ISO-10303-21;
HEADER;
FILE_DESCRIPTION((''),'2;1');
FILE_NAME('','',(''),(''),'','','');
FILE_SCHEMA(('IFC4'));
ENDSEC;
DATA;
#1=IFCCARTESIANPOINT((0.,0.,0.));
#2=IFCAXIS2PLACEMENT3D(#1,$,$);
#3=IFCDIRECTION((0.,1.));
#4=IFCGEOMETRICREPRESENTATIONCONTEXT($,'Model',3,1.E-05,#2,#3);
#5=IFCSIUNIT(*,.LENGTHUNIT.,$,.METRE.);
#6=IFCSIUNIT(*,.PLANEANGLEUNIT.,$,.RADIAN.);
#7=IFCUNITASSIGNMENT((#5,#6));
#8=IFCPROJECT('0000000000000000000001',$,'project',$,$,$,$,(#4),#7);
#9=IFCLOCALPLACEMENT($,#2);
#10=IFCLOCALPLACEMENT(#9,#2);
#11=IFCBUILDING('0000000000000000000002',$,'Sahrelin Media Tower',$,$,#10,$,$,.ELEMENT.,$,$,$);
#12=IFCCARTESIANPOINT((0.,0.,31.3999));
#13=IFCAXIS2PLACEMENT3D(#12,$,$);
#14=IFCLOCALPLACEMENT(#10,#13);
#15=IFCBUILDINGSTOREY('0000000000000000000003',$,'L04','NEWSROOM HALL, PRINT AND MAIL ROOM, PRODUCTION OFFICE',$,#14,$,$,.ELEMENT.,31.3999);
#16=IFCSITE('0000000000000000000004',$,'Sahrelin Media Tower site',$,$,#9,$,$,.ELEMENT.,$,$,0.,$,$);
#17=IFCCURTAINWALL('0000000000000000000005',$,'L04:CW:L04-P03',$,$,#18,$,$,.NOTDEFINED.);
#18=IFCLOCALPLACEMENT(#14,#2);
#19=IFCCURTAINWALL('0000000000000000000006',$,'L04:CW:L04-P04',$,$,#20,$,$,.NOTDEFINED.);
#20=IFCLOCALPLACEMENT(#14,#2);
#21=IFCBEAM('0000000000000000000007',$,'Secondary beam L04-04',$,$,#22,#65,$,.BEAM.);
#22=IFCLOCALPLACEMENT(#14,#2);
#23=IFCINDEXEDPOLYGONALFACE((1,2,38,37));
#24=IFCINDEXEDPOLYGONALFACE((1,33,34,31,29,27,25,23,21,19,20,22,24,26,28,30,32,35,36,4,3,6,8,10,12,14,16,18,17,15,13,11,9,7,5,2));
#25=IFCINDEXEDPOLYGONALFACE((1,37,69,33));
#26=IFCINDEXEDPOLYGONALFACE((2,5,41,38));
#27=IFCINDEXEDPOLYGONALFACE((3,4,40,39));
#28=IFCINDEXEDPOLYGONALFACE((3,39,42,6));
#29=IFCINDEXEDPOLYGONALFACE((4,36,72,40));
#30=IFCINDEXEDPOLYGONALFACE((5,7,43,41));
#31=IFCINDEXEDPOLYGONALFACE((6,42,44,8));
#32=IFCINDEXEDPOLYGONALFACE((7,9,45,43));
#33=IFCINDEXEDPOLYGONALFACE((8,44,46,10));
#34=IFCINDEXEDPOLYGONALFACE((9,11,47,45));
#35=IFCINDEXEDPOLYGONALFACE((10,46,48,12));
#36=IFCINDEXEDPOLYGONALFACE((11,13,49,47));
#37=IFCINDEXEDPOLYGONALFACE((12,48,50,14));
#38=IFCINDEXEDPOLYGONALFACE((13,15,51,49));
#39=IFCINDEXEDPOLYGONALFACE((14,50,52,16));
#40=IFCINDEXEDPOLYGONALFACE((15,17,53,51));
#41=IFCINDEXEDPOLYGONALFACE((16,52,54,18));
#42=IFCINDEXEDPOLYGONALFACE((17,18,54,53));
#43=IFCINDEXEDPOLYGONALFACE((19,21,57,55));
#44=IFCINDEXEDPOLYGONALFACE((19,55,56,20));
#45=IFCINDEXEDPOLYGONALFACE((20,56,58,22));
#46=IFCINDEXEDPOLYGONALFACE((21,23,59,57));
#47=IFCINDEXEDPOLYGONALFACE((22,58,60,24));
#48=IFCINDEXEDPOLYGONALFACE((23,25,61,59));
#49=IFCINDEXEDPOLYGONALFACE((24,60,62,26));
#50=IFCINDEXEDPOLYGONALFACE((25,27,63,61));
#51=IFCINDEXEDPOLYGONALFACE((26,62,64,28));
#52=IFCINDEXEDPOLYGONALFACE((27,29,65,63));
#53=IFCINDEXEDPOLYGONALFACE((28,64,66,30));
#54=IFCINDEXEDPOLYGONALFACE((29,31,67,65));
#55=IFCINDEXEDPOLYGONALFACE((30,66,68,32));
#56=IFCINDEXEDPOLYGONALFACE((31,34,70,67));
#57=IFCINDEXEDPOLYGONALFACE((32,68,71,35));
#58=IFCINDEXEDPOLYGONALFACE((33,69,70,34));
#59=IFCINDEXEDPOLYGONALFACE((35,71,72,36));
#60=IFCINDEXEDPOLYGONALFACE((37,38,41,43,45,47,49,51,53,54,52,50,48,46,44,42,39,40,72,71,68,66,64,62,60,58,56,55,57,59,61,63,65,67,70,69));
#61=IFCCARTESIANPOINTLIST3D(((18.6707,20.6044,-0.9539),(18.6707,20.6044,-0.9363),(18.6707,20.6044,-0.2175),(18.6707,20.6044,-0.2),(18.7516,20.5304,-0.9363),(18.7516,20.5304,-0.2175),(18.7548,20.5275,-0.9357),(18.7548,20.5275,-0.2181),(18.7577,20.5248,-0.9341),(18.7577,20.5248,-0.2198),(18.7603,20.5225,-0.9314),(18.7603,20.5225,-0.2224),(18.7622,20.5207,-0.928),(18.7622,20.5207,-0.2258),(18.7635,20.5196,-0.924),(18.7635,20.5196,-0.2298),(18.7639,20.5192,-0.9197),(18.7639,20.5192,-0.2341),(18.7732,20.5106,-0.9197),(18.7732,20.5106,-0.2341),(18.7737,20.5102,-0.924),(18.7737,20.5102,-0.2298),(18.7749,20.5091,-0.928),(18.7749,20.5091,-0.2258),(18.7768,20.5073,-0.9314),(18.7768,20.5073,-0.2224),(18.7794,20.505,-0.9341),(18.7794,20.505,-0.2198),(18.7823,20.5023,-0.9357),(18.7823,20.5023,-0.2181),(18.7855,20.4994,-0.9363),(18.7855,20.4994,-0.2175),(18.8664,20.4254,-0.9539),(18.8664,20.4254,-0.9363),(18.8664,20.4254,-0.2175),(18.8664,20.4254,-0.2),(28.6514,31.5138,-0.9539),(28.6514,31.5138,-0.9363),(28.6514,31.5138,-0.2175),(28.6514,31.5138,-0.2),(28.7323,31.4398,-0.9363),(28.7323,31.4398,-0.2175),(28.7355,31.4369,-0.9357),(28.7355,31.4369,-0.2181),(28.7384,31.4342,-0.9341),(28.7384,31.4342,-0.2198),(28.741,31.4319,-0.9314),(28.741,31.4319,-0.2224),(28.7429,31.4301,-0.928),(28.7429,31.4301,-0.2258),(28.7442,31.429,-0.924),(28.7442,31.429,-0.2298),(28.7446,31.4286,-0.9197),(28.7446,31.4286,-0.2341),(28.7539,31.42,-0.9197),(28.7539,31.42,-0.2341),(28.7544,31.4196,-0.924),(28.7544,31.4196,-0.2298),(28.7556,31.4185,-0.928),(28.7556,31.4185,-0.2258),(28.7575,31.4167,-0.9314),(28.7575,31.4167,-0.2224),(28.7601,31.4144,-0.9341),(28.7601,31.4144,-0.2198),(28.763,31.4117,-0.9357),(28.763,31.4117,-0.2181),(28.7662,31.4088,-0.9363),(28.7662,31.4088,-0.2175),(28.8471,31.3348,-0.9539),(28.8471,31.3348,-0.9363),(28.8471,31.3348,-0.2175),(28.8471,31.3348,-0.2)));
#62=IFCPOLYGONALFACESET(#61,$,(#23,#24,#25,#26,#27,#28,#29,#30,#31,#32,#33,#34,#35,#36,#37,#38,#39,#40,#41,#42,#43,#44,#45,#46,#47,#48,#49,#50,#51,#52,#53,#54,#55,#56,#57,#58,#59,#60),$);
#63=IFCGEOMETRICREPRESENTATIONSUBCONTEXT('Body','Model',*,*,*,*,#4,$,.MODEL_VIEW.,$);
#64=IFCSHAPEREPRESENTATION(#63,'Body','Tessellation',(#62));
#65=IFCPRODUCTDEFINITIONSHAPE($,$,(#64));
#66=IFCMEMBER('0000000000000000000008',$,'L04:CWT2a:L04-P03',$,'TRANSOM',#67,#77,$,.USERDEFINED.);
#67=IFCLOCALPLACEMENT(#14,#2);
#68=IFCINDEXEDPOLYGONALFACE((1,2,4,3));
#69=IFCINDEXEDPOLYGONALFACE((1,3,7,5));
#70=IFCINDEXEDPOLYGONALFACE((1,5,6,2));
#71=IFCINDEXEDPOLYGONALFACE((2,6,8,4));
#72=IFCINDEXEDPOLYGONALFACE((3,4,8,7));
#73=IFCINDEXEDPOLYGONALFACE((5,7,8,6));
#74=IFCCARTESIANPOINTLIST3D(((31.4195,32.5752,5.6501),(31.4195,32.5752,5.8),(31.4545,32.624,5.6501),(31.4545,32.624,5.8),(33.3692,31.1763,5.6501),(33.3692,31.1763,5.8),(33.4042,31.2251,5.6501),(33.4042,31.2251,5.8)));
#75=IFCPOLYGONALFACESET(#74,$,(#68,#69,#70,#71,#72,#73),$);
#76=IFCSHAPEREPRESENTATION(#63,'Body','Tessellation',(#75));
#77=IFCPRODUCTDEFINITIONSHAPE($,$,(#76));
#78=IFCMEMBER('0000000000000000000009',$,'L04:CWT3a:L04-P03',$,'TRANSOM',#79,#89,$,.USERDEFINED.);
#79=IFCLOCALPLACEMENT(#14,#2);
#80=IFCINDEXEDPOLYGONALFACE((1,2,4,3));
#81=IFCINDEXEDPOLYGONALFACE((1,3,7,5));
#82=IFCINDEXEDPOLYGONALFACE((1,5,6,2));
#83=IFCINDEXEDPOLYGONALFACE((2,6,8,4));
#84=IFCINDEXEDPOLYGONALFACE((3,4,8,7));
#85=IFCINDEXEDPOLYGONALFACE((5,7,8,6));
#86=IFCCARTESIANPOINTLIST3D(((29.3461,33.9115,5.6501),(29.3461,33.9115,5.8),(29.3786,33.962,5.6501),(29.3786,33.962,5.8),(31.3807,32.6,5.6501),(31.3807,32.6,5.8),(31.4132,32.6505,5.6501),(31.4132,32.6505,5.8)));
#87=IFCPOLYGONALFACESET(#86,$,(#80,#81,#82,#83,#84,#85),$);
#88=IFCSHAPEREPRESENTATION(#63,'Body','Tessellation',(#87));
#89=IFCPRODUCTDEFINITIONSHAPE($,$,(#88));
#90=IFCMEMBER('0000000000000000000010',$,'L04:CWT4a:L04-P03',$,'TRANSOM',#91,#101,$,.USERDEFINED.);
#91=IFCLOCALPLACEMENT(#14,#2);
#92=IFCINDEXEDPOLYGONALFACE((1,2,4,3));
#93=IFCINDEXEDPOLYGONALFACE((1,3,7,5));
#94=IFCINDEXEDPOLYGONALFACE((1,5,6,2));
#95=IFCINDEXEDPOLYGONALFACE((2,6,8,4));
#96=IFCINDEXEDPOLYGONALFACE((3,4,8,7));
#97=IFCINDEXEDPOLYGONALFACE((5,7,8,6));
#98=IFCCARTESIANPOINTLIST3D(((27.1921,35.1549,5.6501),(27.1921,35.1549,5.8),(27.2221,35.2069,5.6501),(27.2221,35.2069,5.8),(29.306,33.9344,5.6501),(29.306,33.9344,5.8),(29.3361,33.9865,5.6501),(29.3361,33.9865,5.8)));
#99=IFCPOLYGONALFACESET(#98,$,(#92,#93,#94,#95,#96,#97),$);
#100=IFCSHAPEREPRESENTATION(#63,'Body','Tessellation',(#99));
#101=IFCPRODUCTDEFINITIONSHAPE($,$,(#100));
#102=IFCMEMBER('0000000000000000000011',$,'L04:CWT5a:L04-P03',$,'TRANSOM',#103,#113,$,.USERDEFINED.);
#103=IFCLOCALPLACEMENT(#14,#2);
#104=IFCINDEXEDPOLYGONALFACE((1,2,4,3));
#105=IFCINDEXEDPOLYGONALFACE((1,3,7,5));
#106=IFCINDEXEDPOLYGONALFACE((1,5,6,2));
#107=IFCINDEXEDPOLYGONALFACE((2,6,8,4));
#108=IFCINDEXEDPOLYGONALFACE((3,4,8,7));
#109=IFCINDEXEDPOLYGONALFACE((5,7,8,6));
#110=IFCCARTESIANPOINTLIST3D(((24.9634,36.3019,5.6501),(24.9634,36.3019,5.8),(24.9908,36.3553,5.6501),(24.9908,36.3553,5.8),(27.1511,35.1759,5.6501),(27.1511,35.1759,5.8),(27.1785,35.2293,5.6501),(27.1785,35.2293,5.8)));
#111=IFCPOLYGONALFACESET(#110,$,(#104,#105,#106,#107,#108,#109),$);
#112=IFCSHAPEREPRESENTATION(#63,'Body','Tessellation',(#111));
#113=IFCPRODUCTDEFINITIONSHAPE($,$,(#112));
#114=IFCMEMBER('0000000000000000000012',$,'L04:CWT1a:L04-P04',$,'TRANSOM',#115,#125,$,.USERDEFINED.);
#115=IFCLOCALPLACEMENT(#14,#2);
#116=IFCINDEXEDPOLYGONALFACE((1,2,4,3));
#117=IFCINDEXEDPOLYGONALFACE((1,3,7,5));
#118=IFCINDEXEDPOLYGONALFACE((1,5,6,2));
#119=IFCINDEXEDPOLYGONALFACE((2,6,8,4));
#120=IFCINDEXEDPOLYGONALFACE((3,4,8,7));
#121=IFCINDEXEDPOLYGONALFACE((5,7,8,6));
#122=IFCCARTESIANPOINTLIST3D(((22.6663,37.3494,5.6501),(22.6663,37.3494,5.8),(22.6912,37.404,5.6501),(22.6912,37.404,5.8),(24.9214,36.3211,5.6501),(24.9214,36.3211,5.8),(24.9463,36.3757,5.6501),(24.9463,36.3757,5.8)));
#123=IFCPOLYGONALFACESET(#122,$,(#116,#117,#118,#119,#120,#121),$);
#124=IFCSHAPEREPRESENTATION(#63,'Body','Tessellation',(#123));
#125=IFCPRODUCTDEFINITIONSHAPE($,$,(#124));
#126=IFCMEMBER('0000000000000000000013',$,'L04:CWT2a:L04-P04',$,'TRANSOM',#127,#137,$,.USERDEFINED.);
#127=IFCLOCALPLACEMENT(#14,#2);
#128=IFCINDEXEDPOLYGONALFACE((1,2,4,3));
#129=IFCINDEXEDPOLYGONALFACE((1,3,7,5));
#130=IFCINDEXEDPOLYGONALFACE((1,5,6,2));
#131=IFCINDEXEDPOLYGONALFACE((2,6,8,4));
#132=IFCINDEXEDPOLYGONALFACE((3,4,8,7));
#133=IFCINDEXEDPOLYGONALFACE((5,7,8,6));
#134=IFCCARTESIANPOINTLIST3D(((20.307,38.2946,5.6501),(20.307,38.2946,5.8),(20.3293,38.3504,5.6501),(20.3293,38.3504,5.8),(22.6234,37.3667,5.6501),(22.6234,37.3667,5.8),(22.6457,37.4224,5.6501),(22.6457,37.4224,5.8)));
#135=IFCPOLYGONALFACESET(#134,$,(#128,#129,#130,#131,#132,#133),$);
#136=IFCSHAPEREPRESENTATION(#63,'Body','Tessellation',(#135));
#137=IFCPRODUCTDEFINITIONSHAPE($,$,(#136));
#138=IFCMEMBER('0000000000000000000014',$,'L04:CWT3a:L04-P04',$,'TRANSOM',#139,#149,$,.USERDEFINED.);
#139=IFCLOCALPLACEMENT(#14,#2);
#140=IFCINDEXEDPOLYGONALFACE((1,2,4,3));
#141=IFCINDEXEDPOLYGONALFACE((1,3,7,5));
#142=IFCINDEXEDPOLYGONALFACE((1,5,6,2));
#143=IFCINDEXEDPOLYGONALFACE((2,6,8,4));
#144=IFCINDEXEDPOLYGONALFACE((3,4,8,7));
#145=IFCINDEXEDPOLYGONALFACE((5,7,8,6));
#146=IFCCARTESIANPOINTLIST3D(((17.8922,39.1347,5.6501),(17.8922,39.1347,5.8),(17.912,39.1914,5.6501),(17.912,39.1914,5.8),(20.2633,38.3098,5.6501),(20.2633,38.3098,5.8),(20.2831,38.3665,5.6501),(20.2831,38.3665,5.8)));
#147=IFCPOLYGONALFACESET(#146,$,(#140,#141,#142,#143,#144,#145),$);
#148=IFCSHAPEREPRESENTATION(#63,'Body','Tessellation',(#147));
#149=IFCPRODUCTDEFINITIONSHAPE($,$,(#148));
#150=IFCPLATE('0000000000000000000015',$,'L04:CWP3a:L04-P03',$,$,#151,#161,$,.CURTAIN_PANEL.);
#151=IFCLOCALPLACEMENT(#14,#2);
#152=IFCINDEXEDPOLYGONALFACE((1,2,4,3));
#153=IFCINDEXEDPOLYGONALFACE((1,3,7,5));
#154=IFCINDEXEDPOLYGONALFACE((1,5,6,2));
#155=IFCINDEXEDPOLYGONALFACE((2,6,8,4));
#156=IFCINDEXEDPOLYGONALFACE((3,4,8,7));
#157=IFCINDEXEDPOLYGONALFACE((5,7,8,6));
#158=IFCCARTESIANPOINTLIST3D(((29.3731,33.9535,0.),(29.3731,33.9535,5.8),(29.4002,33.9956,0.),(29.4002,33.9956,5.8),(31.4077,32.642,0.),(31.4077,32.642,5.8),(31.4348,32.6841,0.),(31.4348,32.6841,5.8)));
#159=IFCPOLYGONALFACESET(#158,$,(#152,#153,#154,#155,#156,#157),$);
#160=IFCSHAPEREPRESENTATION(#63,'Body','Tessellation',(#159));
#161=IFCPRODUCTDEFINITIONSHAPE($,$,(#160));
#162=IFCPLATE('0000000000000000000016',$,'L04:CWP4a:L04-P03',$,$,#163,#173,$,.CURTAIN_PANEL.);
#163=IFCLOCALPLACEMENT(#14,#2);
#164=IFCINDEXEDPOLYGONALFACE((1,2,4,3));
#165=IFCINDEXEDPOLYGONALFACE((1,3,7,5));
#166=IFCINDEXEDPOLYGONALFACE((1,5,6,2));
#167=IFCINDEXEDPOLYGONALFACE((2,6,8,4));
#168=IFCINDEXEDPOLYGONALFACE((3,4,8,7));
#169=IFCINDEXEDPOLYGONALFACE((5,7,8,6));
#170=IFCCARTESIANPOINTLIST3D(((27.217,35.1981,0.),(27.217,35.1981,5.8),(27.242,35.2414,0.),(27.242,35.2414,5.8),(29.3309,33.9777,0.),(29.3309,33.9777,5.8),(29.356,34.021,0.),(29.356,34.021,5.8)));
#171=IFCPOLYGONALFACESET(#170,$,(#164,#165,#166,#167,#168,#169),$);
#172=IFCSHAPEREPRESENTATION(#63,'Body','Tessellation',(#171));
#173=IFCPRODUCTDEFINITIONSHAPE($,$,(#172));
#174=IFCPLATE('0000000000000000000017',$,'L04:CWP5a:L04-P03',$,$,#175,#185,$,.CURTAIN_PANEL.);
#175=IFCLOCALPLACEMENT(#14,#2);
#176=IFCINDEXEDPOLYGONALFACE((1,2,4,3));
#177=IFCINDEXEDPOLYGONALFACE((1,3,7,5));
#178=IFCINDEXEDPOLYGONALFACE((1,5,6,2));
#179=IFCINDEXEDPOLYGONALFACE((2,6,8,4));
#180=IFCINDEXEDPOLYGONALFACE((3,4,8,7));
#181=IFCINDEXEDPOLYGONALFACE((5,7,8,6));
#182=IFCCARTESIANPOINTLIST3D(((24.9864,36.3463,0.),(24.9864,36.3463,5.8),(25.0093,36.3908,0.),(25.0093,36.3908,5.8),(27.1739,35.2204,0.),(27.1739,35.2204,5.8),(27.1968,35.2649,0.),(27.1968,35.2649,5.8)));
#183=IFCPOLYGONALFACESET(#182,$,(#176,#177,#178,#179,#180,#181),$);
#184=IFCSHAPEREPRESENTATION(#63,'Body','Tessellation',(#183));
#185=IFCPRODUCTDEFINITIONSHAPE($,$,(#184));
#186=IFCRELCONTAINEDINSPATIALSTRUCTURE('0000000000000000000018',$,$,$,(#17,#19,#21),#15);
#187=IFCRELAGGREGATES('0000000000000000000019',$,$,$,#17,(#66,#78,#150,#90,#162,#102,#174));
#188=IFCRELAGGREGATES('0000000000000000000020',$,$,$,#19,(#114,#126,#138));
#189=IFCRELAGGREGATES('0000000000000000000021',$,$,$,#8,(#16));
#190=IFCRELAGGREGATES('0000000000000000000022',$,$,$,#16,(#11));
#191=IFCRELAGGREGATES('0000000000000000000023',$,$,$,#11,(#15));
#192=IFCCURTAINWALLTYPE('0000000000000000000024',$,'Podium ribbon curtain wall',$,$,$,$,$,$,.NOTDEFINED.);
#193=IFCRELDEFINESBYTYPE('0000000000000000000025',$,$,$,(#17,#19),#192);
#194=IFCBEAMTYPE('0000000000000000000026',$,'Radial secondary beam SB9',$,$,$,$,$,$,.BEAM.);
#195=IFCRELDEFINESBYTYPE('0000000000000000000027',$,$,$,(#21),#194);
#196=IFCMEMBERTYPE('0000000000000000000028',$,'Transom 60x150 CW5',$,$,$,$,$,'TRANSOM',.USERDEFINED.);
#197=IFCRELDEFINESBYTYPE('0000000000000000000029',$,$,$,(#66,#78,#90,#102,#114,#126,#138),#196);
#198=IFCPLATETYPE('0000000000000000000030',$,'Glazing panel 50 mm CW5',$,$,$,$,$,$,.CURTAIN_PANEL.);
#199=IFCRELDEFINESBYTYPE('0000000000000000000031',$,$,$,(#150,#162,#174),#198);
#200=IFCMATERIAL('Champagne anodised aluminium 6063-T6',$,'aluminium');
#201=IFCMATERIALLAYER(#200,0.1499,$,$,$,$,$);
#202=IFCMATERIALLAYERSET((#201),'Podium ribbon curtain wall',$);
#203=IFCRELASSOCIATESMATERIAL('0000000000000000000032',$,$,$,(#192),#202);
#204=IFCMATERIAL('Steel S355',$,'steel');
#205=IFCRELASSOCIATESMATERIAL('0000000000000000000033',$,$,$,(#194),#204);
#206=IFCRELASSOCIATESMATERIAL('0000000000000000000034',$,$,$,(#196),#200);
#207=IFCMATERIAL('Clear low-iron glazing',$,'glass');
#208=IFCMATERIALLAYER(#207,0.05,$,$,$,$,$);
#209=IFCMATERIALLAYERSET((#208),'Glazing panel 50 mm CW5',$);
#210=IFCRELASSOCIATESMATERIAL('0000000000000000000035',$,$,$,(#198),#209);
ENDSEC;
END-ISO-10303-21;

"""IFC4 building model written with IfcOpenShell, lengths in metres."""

from ifc_helpers import new_model, si_unit, direction, frame, origin, origin_2d, place, context, subcontext, project, spatial, polyline, rectangle, i_section, outline, extrude, material, layer, layer_set, material_profile, profile_set, type_object, element, aggregate, save


model = new_model("IFC4")

# Units and contexts
model_context = context("Model", 3, precision=1e-05, world=origin(), true_north=direction((0.0, 1.0)))
body_context = subcontext(model_context, "Body", "Model", "MODEL_VIEW")
ifc_project = project(units=[si_unit("LENGTHUNIT", "METRE"), si_unit("PLANEANGLEUNIT", "RADIAN")], contexts=[model_context])

# Site, building, storey
site_placement = place(None, origin())
site = spatial("IfcSite", under=ifc_project, at=site_placement, Name="Sahrelin Media Tower site", CompositionType="ELEMENT", RefElevation=0.0)
building_placement = place(site_placement, origin())
building = spatial("IfcBuilding", under=site, at=building_placement, Name="Sahrelin Media Tower", CompositionType="ELEMENT")
storey_placement = place(building_placement, frame((0.0, 0.0, 31.3999)))
storey = spatial("IfcBuildingStorey", under=building, at=storey_placement, Name="L04", Description="NEWSROOM HALL, PRINT AND MAIL ROOM, PRODUCTION OFFICE", CompositionType="ELEMENT", Elevation=31.3999)

# Curtain walls
ifc_material_1 = material(Name="Champagne anodised aluminium 6063-T6", Category="aluminium")
ifc_layer_1 = layer(ifc_material_1, 0.1499)
ifc_layer_set_1 = layer_set([ifc_layer_1], Name="Podium ribbon curtain wall")
curtain_wall_type = type_object("IfcCurtainWallType", Name="Podium ribbon curtain wall", PredefinedType="NOTDEFINED", material=ifc_layer_set_1)
curtain_wall_1_placement = place(storey_placement, frame((35.3552, 29.6985, 0.0), z_axis=(0.0, 0.0, 1.0), x_axis=(1.0, 0.0, 0.0)))
curtain_wall_1 = element("IfcCurtainWall", 1, at=curtain_wall_1_placement, inside=storey, type_object=curtain_wall_type, Name="L04:CW:L04-P03", PredefinedType="NOTDEFINED")
curtain_wall_2_placement = place(storey_placement, frame((25.0, 36.373, 0.0), z_axis=(0.0, 0.0, 1.0), x_axis=(1.0, 0.0, 0.0)))
curtain_wall_2 = element("IfcCurtainWall", 2, at=curtain_wall_2_placement, inside=storey, type_object=curtain_wall_type, Name="L04:CW:L04-P04", PredefinedType="NOTDEFINED")

# Beam
ifc_material_2 = material(Name="Steel S355", Category="steel")
ifc_material_profile_1 = material_profile(ifc_material_2, i_section(OverallWidth=0.2651, OverallDepth=0.7539, WebThickness=0.0127, FlangeThickness=0.0176, FilletRadius=0.0166, at=origin_2d()), Name="UB 762x267x147")
ifc_profile_set_1 = profile_set([ifc_material_profile_1], Name="Steel S355")
beam_type_1 = type_object("IfcBeamType", Name="Radial secondary beam SB9", PredefinedType="BEAM", material=ifc_profile_set_1)
beam_1_placement = place(storey_placement, frame((18.7686, 20.5149, -0.5769), z_axis=(0.675004, 0.737814, 0.0), x_axis=(-0.737814, 0.675004, 0.0)))
element("IfcBeam", 3, at=beam_1_placement, inside=storey, type_object=beam_type_1, Name="Secondary beam L04-04", PredefinedType="BEAM", context=body_context, shape_type="SweptSolid", body=[
    extrude(i_section(OverallWidth=0.2651, OverallDepth=0.7539, WebThickness=0.0127, FlangeThickness=0.0176, FilletRadius=0.0166, at=origin_2d()), origin(), (0.0, 0.0, 1.0), 14.7861),
])

# Members
ifc_material_profile_2 = material_profile(ifc_material_1, rectangle(XDim=0.0601, YDim=0.1499, at=origin_2d()), Name="Transom 60x150")
ifc_profile_set_2 = profile_set([ifc_material_profile_2], Name="Champagne anodised aluminium 6063-T6")
member_type_1 = type_object("IfcMemberType", Name="Transom 60x150 CW5", ElementType="TRANSOM", PredefinedType="USERDEFINED", material=ifc_profile_set_2)
member_1_placement = place(storey_placement, frame((33.3867, 31.2007, 5.7251), z_axis=(-0.812494, 0.582969, 0.0), x_axis=(-0.582969, -0.812494, 0.0)))
member_1 = element("IfcMember", 4, at=member_1_placement, type_object=member_type_1, Name="L04:CWT2a:L04-P03", ObjectType="TRANSOM", PredefinedType="USERDEFINED", context=body_context, shape_type="SweptSolid", body=[
    extrude(rectangle(XDim=0.0601, YDim=0.1499, at=origin_2d()), origin(), (0.0, 0.0, 1.0), 2.3997),
])
member_2_placement = place(storey_placement, frame((31.397, 32.6252, 5.7251), z_axis=(-0.840516, 0.541787, 0.0), x_axis=(-0.541787, -0.840516, 0.0)))
member_2 = element("IfcMember", 5, at=member_2_placement, type_object=member_type_1, Name="L04:CWT3a:L04-P03", ObjectType="TRANSOM", PredefinedType="USERDEFINED", context=body_context, shape_type="SweptSolid", body=[
    extrude(rectangle(XDim=0.0601, YDim=0.1499, at=origin_2d()), origin(), (0.0, 0.0, 1.0), 2.4207),
])
member_3_placement = place(storey_placement, frame((29.321, 33.9604, 5.7251), z_axis=(-0.866037, 0.499979, 0.0), x_axis=(-0.499979, -0.866037, 0.0)))
member_3 = element("IfcMember", 6, at=member_3_placement, type_object=member_type_1, Name="L04:CWT4a:L04-P03", ObjectType="TRANSOM", PredefinedType="USERDEFINED", context=body_context, shape_type="SweptSolid", body=[
    extrude(rectangle(XDim=0.0601, YDim=0.1499, at=origin_2d()), origin(), (0.0, 0.0, 1.0), 2.4409),
])
member_4_placement = place(storey_placement, frame((27.1648, 35.2026, 5.7251), z_axis=(-0.889147, 0.457622, 0.0), x_axis=(-0.457622, -0.889147, 0.0)))
member_4 = element("IfcMember", 7, at=member_4_placement, type_object=member_type_1, Name="L04:CWT5a:L04-P03", ObjectType="TRANSOM", PredefinedType="USERDEFINED", context=body_context, shape_type="SweptSolid", body=[
    extrude(rectangle(XDim=0.0601, YDim=0.1499, at=origin_2d()), origin(), (0.0, 0.0, 1.0), 2.4604),
])
member_5_placement = place(storey_placement, frame((24.9338, 36.3484, 5.7251), z_axis=(-0.90987, 0.414894, 0.0), x_axis=(-0.414894, -0.90987, 0.0)))
member_5 = element("IfcMember", 8, at=member_5_placement, type_object=member_type_1, Name="L04:CWT1a:L04-P04", ObjectType="TRANSOM", PredefinedType="USERDEFINED", context=body_context, shape_type="SweptSolid", body=[
    extrude(rectangle(XDim=0.0601, YDim=0.1499, at=origin_2d()), origin(), (0.0, 0.0, 1.0), 2.4785),
])
member_6_placement = place(storey_placement, frame((22.6345, 37.3945, 5.7251), z_axis=(-0.928281, 0.37188, 0.0), x_axis=(-0.37188, -0.928281, 0.0)))
member_6 = element("IfcMember", 9, at=member_6_placement, type_object=member_type_1, Name="L04:CWT2a:L04-P04", ObjectType="TRANSOM", PredefinedType="USERDEFINED", context=body_context, shape_type="SweptSolid", body=[
    extrude(rectangle(XDim=0.0601, YDim=0.1499, at=origin_2d()), origin(), (0.0, 0.0, 1.0), 2.4954),
])
member_7_placement = place(storey_placement, frame((20.2732, 38.3381, 5.7251), z_axis=(-0.944469, 0.3286, 0.0), x_axis=(-0.3286, -0.944469, 0.0)))
member_7 = element("IfcMember", 10, at=member_7_placement, type_object=member_type_1, Name="L04:CWT3a:L04-P04", ObjectType="TRANSOM", PredefinedType="USERDEFINED", context=body_context, shape_type="SweptSolid", body=[
    extrude(rectangle(XDim=0.0601, YDim=0.1499, at=origin_2d()), origin(), (0.0, 0.0, 1.0), 2.5105),
])

# Plates
ifc_material_3 = material(Name="Clear low-iron glazing", Category="glass")
ifc_layer_2 = layer(ifc_material_3, 0.05)
ifc_layer_set_2 = layer_set([ifc_layer_2], Name="Glazing panel 50 mm CW5")
plate_type = type_object("IfcPlateType", Name="Glazing panel 50 mm CW5", PredefinedType="CURTAIN_PANEL", material=ifc_layer_set_2)
plate_1_placement = place(storey_placement, frame((31.4348, 32.6841, 0.0), z_axis=(0.541787, 0.840516, 0.0), x_axis=(-0.840516, 0.541787, 0.0)))
plate_1 = element("IfcPlate", 11, at=plate_1_placement, type_object=plate_type, Name="L04:CWP3a:L04-P03", PredefinedType="CURTAIN_PANEL", context=body_context, shape_type="SweptSolid", body=[
    extrude(outline(polyline([(0.0, 0.0), (2.4207, 0.0), (2.4207, 5.8), (0.0, 5.8), (0.0, 0.0)])), origin(), (0.0, 0.0, -1.0), 0.05),
])
plate_2_placement = place(storey_placement, frame((29.356, 34.021, 0.0), z_axis=(0.499979, 0.866037, 0.0), x_axis=(-0.866037, 0.499979, 0.0)))
plate_2 = element("IfcPlate", 12, at=plate_2_placement, type_object=plate_type, Name="L04:CWP4a:L04-P03", PredefinedType="CURTAIN_PANEL", context=body_context, shape_type="SweptSolid", body=[
    extrude(outline(polyline([(0.0, 0.0), (2.4409, 0.0), (2.4409, 5.8), (0.0, 5.8), (0.0, 0.0)])), origin(), (0.0, 0.0, -1.0), 0.05),
])
plate_3_placement = place(storey_placement, frame((27.1968, 35.2649, 0.0), z_axis=(0.457662, 0.889126, 0.0), x_axis=(-0.889126, 0.457662, 0.0)))
plate_3 = element("IfcPlate", 13, at=plate_3_placement, type_object=plate_type, Name="L04:CWP5a:L04-P03", PredefinedType="CURTAIN_PANEL", context=body_context, shape_type="SweptSolid", body=[
    extrude(outline(polyline([(0.0, 0.0), (2.4602, 0.0), (2.4602, 5.8), (0.0, 5.8), (0.0, 0.0)])), origin(), (0.0, 0.0, -1.0), 0.05),
])
aggregate(curtain_wall_1, [member_1, member_2, plate_1, member_3, plate_2, member_4, plate_3])
aggregate(curtain_wall_2, [member_5, member_6, member_7])

save(model, "model.ifc")
